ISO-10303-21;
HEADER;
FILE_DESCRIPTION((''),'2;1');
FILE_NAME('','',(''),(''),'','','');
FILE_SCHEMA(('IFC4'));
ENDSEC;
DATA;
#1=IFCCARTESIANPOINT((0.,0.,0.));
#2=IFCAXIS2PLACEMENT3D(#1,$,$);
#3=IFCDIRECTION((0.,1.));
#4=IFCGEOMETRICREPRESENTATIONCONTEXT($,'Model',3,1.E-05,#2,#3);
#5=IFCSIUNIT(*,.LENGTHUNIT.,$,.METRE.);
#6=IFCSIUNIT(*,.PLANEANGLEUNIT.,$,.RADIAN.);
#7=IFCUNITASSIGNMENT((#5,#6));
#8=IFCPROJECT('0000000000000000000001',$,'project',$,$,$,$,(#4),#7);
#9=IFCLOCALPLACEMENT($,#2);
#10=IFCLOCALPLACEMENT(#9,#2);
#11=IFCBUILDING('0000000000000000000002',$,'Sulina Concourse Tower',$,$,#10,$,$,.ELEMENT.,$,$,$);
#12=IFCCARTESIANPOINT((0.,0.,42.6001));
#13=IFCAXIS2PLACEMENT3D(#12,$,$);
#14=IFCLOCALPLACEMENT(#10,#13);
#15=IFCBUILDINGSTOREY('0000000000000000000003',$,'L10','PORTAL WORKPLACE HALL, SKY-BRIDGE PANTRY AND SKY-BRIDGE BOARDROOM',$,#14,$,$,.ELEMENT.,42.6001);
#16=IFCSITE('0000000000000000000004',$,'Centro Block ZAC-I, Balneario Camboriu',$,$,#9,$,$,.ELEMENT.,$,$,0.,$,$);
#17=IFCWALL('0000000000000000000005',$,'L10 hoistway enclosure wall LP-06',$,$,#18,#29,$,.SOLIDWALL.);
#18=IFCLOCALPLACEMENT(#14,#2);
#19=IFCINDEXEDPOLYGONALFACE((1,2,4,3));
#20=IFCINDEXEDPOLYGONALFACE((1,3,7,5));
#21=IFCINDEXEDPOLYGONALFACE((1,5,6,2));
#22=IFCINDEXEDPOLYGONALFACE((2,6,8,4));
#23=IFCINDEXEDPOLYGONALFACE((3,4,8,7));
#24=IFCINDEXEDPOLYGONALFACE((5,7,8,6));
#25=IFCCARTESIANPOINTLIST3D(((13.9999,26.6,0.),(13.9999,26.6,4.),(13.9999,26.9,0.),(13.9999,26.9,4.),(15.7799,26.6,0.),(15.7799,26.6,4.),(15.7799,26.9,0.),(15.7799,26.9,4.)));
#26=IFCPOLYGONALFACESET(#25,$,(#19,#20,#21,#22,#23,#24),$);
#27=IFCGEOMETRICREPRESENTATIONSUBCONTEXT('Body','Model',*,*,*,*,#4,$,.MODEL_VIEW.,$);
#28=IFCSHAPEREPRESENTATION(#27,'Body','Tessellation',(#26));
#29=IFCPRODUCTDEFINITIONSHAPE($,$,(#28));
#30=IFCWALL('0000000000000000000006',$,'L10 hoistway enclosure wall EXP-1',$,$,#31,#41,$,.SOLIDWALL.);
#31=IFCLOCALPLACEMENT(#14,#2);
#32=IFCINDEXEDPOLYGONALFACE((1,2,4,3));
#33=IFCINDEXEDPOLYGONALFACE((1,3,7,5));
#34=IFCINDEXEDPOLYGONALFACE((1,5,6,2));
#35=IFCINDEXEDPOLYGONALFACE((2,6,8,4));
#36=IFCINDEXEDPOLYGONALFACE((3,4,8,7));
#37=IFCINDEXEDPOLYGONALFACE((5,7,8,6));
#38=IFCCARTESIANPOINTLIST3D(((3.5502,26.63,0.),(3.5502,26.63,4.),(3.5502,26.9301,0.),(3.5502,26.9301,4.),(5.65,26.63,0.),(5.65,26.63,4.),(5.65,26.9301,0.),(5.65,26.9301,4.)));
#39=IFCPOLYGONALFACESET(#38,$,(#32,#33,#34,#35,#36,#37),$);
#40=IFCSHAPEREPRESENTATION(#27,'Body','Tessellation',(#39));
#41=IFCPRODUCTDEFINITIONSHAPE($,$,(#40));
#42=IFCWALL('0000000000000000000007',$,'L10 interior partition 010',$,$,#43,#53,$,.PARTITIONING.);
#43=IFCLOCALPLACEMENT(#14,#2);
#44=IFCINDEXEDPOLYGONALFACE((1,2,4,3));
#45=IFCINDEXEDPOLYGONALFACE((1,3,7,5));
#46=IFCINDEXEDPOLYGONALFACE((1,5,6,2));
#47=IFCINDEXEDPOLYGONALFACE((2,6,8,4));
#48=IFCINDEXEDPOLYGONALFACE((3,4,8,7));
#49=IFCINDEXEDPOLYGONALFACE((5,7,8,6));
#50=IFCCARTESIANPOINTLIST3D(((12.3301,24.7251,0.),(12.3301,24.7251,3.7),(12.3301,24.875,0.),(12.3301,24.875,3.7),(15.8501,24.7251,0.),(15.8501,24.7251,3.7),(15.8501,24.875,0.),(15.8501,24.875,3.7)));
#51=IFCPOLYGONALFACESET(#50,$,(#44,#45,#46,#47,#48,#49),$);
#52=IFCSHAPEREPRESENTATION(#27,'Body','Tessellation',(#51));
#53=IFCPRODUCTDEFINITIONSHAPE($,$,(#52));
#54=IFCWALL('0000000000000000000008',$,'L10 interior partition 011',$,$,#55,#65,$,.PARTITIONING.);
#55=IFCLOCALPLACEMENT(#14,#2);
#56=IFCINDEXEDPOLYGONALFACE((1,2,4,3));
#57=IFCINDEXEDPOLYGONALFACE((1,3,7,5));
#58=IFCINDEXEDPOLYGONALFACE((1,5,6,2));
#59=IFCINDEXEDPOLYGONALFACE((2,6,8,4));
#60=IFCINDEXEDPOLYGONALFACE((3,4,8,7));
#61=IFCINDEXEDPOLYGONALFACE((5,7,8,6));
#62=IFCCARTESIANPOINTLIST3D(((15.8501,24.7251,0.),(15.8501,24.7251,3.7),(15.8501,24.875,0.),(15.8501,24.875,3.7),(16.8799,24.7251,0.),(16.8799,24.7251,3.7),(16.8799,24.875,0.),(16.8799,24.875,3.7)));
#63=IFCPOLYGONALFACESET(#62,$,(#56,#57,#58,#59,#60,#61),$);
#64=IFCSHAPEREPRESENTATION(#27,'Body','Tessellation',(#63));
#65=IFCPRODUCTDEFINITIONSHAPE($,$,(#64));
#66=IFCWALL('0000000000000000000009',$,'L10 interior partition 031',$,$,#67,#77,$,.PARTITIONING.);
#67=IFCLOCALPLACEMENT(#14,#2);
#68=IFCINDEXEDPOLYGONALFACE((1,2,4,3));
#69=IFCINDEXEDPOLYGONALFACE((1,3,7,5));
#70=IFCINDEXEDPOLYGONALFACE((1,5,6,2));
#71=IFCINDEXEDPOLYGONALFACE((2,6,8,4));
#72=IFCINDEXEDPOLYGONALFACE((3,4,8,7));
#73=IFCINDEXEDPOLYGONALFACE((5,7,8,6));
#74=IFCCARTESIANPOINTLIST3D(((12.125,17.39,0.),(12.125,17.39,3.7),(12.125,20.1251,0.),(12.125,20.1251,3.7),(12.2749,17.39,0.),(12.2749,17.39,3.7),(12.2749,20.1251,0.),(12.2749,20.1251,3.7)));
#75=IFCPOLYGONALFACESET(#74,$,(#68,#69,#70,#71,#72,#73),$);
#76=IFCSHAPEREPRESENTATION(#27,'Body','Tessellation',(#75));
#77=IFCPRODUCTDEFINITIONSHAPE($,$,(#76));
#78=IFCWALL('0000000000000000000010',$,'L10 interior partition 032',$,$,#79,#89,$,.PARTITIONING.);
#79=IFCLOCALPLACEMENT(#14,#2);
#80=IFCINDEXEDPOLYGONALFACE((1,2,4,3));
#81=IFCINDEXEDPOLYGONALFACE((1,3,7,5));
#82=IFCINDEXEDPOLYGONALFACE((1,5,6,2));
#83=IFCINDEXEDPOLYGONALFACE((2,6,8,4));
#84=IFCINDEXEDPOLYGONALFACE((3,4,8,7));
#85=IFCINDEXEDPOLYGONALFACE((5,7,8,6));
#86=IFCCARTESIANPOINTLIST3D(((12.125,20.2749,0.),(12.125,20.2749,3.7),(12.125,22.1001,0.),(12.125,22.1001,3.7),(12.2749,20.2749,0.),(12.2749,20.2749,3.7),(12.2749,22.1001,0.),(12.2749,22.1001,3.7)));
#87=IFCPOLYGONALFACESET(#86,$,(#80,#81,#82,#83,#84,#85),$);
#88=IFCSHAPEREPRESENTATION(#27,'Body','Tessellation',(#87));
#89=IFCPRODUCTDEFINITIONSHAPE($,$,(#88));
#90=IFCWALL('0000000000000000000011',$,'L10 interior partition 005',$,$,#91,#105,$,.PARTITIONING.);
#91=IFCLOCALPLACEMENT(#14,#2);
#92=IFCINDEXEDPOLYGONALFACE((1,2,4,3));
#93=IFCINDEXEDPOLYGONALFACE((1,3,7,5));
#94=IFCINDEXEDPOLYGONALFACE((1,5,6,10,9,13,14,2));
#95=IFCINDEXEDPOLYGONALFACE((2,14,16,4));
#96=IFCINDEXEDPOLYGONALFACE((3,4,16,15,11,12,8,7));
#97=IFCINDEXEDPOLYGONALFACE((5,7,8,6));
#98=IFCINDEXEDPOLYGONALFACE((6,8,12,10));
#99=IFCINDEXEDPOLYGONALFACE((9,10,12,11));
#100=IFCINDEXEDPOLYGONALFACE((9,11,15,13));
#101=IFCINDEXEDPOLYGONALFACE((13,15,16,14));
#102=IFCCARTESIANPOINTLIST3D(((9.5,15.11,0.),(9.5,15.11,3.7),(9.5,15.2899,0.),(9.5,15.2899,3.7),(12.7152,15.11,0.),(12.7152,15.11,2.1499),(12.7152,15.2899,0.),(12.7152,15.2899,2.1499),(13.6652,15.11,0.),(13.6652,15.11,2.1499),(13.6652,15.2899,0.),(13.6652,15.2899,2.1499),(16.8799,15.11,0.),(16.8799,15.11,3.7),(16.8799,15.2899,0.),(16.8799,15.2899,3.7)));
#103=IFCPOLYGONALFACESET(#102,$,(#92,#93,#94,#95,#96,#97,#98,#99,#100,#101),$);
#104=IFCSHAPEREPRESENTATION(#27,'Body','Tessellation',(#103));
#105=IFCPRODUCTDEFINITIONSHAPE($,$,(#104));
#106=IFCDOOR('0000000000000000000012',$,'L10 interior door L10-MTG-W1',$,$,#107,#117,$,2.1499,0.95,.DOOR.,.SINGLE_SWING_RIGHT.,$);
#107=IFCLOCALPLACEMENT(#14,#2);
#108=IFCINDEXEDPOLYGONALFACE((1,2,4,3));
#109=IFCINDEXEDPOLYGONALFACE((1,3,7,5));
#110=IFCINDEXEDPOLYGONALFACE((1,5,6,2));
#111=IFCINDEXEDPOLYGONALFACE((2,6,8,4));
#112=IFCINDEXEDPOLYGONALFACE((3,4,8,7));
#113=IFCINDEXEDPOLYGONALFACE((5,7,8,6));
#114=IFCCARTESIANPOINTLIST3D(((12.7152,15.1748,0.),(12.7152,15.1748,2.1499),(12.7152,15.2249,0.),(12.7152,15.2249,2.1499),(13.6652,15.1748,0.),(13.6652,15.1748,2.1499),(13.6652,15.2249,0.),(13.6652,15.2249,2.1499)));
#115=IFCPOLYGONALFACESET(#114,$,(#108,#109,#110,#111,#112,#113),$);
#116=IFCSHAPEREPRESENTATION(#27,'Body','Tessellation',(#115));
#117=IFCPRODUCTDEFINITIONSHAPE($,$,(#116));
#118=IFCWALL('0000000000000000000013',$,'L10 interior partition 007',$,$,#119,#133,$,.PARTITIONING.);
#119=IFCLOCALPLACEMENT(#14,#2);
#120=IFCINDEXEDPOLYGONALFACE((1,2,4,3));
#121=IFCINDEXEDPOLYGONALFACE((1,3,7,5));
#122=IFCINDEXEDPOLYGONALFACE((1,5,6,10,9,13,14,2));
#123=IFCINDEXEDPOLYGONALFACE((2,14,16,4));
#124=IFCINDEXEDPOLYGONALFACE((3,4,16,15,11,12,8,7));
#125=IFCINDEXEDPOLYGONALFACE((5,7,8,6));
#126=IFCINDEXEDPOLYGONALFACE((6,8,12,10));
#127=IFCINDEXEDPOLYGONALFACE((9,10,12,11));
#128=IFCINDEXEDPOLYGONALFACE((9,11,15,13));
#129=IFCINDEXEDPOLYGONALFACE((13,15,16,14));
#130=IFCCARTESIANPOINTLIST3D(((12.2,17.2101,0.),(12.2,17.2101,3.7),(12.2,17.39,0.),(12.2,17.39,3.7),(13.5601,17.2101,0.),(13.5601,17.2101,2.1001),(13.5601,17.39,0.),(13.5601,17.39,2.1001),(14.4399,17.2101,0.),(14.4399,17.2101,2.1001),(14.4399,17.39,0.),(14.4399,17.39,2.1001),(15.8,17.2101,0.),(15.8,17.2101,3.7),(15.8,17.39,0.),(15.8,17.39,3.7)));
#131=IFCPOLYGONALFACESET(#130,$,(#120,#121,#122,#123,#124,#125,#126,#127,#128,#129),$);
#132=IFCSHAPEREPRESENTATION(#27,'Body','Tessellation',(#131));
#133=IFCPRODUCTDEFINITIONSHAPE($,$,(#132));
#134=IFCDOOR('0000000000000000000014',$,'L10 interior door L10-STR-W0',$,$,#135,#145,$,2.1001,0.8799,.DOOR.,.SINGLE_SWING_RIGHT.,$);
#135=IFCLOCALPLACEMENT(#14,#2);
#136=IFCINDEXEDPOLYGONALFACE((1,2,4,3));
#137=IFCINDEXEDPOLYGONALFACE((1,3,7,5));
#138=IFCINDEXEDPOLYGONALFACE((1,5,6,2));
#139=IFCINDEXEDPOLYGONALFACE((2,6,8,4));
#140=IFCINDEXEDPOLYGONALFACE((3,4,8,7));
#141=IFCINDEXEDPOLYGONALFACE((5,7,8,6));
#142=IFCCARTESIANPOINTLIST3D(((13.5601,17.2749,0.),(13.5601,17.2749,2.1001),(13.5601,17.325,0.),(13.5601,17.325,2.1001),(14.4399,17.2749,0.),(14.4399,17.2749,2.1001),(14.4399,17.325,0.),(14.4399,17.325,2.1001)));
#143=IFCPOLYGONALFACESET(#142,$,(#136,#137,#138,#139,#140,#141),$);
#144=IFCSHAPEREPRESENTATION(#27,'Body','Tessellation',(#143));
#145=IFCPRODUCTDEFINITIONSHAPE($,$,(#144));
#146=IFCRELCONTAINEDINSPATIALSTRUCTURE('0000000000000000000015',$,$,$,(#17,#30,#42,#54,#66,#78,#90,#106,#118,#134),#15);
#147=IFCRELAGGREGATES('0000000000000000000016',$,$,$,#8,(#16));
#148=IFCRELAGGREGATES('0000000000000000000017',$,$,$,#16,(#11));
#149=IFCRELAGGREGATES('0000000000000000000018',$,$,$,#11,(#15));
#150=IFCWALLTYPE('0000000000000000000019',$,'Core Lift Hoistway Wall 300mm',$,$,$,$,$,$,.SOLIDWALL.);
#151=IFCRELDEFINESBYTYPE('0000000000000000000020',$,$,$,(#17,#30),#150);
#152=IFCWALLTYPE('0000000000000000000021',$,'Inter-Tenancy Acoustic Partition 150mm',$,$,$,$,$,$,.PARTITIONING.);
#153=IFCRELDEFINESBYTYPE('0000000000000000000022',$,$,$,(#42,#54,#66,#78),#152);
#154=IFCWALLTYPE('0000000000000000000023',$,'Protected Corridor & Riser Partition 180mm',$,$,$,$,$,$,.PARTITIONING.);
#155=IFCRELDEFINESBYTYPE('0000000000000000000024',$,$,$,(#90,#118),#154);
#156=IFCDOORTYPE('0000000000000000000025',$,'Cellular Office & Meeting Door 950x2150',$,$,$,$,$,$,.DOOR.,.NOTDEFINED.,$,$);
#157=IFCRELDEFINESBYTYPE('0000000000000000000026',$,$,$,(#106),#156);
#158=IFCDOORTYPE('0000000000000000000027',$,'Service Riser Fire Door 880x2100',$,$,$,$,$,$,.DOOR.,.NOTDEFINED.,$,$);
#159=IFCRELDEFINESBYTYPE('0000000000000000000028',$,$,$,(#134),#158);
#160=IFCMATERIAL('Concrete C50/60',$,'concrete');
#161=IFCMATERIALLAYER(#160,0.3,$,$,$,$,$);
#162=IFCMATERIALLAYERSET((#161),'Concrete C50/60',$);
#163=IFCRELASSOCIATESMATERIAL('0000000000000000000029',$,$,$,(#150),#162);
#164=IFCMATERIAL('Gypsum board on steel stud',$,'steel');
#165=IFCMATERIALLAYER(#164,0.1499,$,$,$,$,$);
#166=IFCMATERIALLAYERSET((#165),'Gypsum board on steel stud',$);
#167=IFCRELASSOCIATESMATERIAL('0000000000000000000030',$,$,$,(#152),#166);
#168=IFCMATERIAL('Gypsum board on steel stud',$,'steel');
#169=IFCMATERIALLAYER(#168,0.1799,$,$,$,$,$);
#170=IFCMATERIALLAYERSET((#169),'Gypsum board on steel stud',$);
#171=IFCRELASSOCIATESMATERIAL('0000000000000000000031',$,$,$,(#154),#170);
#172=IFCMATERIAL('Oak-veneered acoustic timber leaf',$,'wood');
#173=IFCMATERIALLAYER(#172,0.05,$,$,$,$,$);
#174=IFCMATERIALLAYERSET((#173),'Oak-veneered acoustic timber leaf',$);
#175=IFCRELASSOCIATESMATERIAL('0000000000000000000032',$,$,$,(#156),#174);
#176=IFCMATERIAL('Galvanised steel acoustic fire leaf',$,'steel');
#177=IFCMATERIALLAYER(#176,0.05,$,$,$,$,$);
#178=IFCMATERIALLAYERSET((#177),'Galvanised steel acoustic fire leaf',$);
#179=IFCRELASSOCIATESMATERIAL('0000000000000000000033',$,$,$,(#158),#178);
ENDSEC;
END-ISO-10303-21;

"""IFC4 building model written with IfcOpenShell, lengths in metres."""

from ifc_helpers import new_model, si_unit, direction, frame, frame_2d, origin, place, context, subcontext, project, spatial, rectangle, extrude, material, layer, layer_set, type_object, element, fill, save


model = new_model("IFC4")

# Units and contexts
model_context = context("Model", 3, precision=1e-05, world=origin(), true_north=direction((0.0, 1.0)))
body_context = subcontext(model_context, "Body", "Model", "MODEL_VIEW")
ifc_project = project(units=[si_unit("LENGTHUNIT", "METRE"), si_unit("PLANEANGLEUNIT", "RADIAN")], contexts=[model_context])

# Site, building, storey
site_placement = place(None, origin())
site = spatial("IfcSite", under=ifc_project, at=site_placement, Name="Centro Block ZAC-I, Balneario Camboriu", CompositionType="ELEMENT", RefElevation=0.0)
building_placement = place(site_placement, origin())
building = spatial("IfcBuilding", under=site, at=building_placement, Name="Sulina Concourse Tower", CompositionType="ELEMENT")
storey_placement = place(building_placement, frame((0.0, 0.0, 42.6001)))
storey = spatial("IfcBuildingStorey", under=building, at=storey_placement, Name="L10", Description="PORTAL WORKPLACE HALL, SKY-BRIDGE PANTRY AND SKY-BRIDGE BOARDROOM", CompositionType="ELEMENT", Elevation=42.6001)

# Shared definitions
ifc_material_1 = material(Name="Concrete C50/60", Category="concrete")
ifc_layer_1 = layer(ifc_material_1, 0.3)
ifc_layer_set_1 = layer_set([ifc_layer_1], Name="Concrete C50/60")
wall_type_1 = type_object("IfcWallType", Name="Core Lift Hoistway Wall 300mm", PredefinedType="SOLIDWALL", material=ifc_layer_set_1)

# Walls
for number, where, z_axis, x_axis, name in (
    (1, (15.78, 26.75, 0.0), (0.0, 0.0, 1.0), (-1.0, 0.0, 0.0), "L10 hoistway enclosure wall LP-06"),
):
    element("IfcWall", number, at=place(storey_placement, frame(where, z_axis=z_axis, x_axis=x_axis)), inside=storey, type_object=wall_type_1, Name=name, PredefinedType="SOLIDWALL", context=body_context, shape_type="SweptSolid", body=[
        extrude(rectangle(XDim=1.78, YDim=0.3, at=frame_2d((0.8901, 0.0))), origin(), (0.0, 0.0, 1.0), 4.0),
    ])
wall_1_placement = place(storey_placement, frame((5.6499, 26.78, 0.0), z_axis=(0.0, 0.0, 1.0), x_axis=(-1.0, 0.0, 0.0)))
element("IfcWall", 2, at=wall_1_placement, inside=storey, type_object=wall_type_1, Name="L10 hoistway enclosure wall EXP-1", PredefinedType="SOLIDWALL", context=body_context, shape_type="SweptSolid", body=[
    extrude(rectangle(XDim=2.0999, YDim=0.3, at=frame_2d((1.0498, 0.0))), origin(), (0.0, 0.0, 1.0), 4.0),
])
ifc_material_2 = material(Name="Gypsum board on steel stud", Category="steel")
ifc_layer_2 = layer(ifc_material_2, 0.1499)
ifc_layer_set_2 = layer_set([ifc_layer_2], Name="Gypsum board on steel stud")
wall_type_2 = type_object("IfcWallType", Name="Inter-Tenancy Acoustic Partition 150mm", PredefinedType="PARTITIONING", material=ifc_layer_set_2)
wall_2_placement = place(storey_placement, frame((12.3301, 24.8, 0.0), z_axis=(0.0, 0.0, 1.0), x_axis=(1.0, 0.0, 0.0)))
element("IfcWall", 3, at=wall_2_placement, inside=storey, type_object=wall_type_2, Name="L10 interior partition 010", PredefinedType="PARTITIONING", context=body_context, shape_type="SweptSolid", body=[
    extrude(rectangle(XDim=3.52, YDim=0.1499, at=frame_2d((1.76, 0.0))), origin(), (0.0, 0.0, 1.0), 3.7),
])
wall_3_placement = place(storey_placement, frame((15.8501, 24.8, 0.0), z_axis=(0.0, 0.0, 1.0), x_axis=(1.0, 0.0, 0.0)))
element("IfcWall", 4, at=wall_3_placement, inside=storey, type_object=wall_type_2, Name="L10 interior partition 011", PredefinedType="PARTITIONING", context=body_context, shape_type="SweptSolid", body=[
    extrude(rectangle(XDim=1.0298, YDim=0.1499, at=frame_2d((0.5149, 0.0))), origin(), (0.0, 0.0, 1.0), 3.7),
])
wall_4_placement = place(storey_placement, frame((12.2, 17.3899, 0.0), z_axis=(0.0, 0.0, 1.0), x_axis=(0.0, 1.0, 0.0)))
element("IfcWall", 5, at=wall_4_placement, inside=storey, type_object=wall_type_2, Name="L10 interior partition 031", PredefinedType="PARTITIONING", context=body_context, shape_type="SweptSolid", body=[
    extrude(rectangle(XDim=2.7351, YDim=0.1499, at=frame_2d((1.3677, 0.0))), origin(), (0.0, 0.0, 1.0), 3.7),
])
wall_5_placement = place(storey_placement, frame((12.2, 20.2749, 0.0), z_axis=(0.0, 0.0, 1.0), x_axis=(0.0, 1.0, 0.0)))
element("IfcWall", 6, at=wall_5_placement, inside=storey, type_object=wall_type_2, Name="L10 interior partition 032", PredefinedType="PARTITIONING", context=body_context, shape_type="SweptSolid", body=[
    extrude(rectangle(XDim=1.8252, YDim=0.1499, at=frame_2d((0.9126, 0.0))), origin(), (0.0, 0.0, 1.0), 3.7),
])

# Walls, openings, doors
ifc_material_3 = material(Name="Gypsum board on steel stud", Category="steel")
ifc_layer_3 = layer(ifc_material_3, 0.1799)
ifc_layer_set_3 = layer_set([ifc_layer_3], Name="Gypsum board on steel stud")
wall_type_3 = type_object("IfcWallType", Name="Protected Corridor & Riser Partition 180mm", PredefinedType="PARTITIONING", material=ifc_layer_set_3)
wall_6_placement = place(storey_placement, frame((9.5, 15.2, 0.0), z_axis=(0.0, 0.0, 1.0), x_axis=(1.0, 0.0, 0.0)))
wall_6 = element("IfcWall", 7, at=wall_6_placement, inside=storey, type_object=wall_type_3, Name="L10 interior partition 005", PredefinedType="PARTITIONING", context=body_context, shape_type="SweptSolid", body=[
    extrude(rectangle(XDim=7.3799, YDim=0.1799, at=frame_2d((3.6899, 0.0))), origin(), (0.0, 0.0, 1.0), 3.7),
])
opening_1_placement = place(wall_6_placement, frame((3.2151, 0.0, 0.0)))
opening_1 = element("IfcOpeningElement", 8, at=opening_1_placement, cuts=wall_6, PredefinedType="OPENING", context=body_context, shape_type="SweptSolid", body=[
    extrude(rectangle(XDim=0.95, YDim=2.1499, at=frame_2d((0.4751, 1.075))), frame((0.0, 0.0999, 0.0), z_axis=(0.0, -1.0, 0.0), x_axis=(1.0, 0.0, 0.0)), (0.0, 0.0, 1.0), 0.2),
])
ifc_material_4 = material(Name="Oak-veneered acoustic timber leaf", Category="wood")
ifc_layer_4 = layer(ifc_material_4, 0.05)
ifc_layer_set_4 = layer_set([ifc_layer_4], Name="Oak-veneered acoustic timber leaf")
door_type_1 = type_object("IfcDoorType", Name="Cellular Office & Meeting Door 950x2150", OperationType="NOTDEFINED", PredefinedType="DOOR", material=ifc_layer_set_4)
door_1_placement = place(opening_1_placement, origin())
door_1 = element("IfcDoor", 9, at=door_1_placement, inside=storey, type_object=door_type_1, Name="L10 interior door L10-MTG-W1", OperationType="SINGLE_SWING_RIGHT", OverallHeight=2.1499, OverallWidth=0.95, PredefinedType="DOOR", context=body_context, shape_type="SweptSolid", body=[
    extrude(rectangle(XDim=0.95, YDim=2.1499, at=frame_2d((0.4751, 1.075))), frame((0.0, 0.0249, 0.0), z_axis=(0.0, -1.0, 0.0), x_axis=(1.0, 0.0, 0.0)), (0.0, 0.0, 1.0), 0.05),
])
fill(opening_1, door_1)
wall_7_placement = place(storey_placement, frame((12.2, 17.3, 0.0), z_axis=(0.0, 0.0, 1.0), x_axis=(1.0, 0.0, 0.0)))
wall_7 = element("IfcWall", 10, at=wall_7_placement, inside=storey, type_object=wall_type_3, Name="L10 interior partition 007", PredefinedType="PARTITIONING", context=body_context, shape_type="SweptSolid", body=[
    extrude(rectangle(XDim=3.6001, YDim=0.1799, at=frame_2d((1.8, 0.0))), origin(), (0.0, 0.0, 1.0), 3.7),
])
opening_2_placement = place(wall_7_placement, frame((1.3601, 0.0, 0.0)))
opening_2 = element("IfcOpeningElement", 11, at=opening_2_placement, cuts=wall_7, PredefinedType="OPENING", context=body_context, shape_type="SweptSolid", body=[
    extrude(rectangle(XDim=0.8799, YDim=2.1001, at=frame_2d((0.4399, 1.05))), frame((0.0, 0.0999, 0.0), z_axis=(0.0, -1.0, 0.0), x_axis=(1.0, 0.0, 0.0)), (0.0, 0.0, 1.0), 0.2),
])
ifc_material_5 = material(Name="Galvanised steel acoustic fire leaf", Category="steel")
ifc_layer_5 = layer(ifc_material_5, 0.05)
ifc_layer_set_5 = layer_set([ifc_layer_5], Name="Galvanised steel acoustic fire leaf")
door_type_2 = type_object("IfcDoorType", Name="Service Riser Fire Door 880x2100", OperationType="NOTDEFINED", PredefinedType="DOOR", material=ifc_layer_set_5)
door_2_placement = place(opening_2_placement, origin())
door_2 = element("IfcDoor", 12, at=door_2_placement, inside=storey, type_object=door_type_2, Name="L10 interior door L10-STR-W0", OperationType="SINGLE_SWING_RIGHT", OverallHeight=2.1001, OverallWidth=0.8799, PredefinedType="DOOR", context=body_context, shape_type="SweptSolid", body=[
    extrude(rectangle(XDim=0.8799, YDim=2.1001, at=frame_2d((0.4399, 1.05))), frame((0.0, 0.0249, 0.0), z_axis=(0.0, -1.0, 0.0), x_axis=(1.0, 0.0, 0.0)), (0.0, 0.0, 1.0), 0.05),
])
fill(opening_2, door_2)

save(model, "model.ifc")
